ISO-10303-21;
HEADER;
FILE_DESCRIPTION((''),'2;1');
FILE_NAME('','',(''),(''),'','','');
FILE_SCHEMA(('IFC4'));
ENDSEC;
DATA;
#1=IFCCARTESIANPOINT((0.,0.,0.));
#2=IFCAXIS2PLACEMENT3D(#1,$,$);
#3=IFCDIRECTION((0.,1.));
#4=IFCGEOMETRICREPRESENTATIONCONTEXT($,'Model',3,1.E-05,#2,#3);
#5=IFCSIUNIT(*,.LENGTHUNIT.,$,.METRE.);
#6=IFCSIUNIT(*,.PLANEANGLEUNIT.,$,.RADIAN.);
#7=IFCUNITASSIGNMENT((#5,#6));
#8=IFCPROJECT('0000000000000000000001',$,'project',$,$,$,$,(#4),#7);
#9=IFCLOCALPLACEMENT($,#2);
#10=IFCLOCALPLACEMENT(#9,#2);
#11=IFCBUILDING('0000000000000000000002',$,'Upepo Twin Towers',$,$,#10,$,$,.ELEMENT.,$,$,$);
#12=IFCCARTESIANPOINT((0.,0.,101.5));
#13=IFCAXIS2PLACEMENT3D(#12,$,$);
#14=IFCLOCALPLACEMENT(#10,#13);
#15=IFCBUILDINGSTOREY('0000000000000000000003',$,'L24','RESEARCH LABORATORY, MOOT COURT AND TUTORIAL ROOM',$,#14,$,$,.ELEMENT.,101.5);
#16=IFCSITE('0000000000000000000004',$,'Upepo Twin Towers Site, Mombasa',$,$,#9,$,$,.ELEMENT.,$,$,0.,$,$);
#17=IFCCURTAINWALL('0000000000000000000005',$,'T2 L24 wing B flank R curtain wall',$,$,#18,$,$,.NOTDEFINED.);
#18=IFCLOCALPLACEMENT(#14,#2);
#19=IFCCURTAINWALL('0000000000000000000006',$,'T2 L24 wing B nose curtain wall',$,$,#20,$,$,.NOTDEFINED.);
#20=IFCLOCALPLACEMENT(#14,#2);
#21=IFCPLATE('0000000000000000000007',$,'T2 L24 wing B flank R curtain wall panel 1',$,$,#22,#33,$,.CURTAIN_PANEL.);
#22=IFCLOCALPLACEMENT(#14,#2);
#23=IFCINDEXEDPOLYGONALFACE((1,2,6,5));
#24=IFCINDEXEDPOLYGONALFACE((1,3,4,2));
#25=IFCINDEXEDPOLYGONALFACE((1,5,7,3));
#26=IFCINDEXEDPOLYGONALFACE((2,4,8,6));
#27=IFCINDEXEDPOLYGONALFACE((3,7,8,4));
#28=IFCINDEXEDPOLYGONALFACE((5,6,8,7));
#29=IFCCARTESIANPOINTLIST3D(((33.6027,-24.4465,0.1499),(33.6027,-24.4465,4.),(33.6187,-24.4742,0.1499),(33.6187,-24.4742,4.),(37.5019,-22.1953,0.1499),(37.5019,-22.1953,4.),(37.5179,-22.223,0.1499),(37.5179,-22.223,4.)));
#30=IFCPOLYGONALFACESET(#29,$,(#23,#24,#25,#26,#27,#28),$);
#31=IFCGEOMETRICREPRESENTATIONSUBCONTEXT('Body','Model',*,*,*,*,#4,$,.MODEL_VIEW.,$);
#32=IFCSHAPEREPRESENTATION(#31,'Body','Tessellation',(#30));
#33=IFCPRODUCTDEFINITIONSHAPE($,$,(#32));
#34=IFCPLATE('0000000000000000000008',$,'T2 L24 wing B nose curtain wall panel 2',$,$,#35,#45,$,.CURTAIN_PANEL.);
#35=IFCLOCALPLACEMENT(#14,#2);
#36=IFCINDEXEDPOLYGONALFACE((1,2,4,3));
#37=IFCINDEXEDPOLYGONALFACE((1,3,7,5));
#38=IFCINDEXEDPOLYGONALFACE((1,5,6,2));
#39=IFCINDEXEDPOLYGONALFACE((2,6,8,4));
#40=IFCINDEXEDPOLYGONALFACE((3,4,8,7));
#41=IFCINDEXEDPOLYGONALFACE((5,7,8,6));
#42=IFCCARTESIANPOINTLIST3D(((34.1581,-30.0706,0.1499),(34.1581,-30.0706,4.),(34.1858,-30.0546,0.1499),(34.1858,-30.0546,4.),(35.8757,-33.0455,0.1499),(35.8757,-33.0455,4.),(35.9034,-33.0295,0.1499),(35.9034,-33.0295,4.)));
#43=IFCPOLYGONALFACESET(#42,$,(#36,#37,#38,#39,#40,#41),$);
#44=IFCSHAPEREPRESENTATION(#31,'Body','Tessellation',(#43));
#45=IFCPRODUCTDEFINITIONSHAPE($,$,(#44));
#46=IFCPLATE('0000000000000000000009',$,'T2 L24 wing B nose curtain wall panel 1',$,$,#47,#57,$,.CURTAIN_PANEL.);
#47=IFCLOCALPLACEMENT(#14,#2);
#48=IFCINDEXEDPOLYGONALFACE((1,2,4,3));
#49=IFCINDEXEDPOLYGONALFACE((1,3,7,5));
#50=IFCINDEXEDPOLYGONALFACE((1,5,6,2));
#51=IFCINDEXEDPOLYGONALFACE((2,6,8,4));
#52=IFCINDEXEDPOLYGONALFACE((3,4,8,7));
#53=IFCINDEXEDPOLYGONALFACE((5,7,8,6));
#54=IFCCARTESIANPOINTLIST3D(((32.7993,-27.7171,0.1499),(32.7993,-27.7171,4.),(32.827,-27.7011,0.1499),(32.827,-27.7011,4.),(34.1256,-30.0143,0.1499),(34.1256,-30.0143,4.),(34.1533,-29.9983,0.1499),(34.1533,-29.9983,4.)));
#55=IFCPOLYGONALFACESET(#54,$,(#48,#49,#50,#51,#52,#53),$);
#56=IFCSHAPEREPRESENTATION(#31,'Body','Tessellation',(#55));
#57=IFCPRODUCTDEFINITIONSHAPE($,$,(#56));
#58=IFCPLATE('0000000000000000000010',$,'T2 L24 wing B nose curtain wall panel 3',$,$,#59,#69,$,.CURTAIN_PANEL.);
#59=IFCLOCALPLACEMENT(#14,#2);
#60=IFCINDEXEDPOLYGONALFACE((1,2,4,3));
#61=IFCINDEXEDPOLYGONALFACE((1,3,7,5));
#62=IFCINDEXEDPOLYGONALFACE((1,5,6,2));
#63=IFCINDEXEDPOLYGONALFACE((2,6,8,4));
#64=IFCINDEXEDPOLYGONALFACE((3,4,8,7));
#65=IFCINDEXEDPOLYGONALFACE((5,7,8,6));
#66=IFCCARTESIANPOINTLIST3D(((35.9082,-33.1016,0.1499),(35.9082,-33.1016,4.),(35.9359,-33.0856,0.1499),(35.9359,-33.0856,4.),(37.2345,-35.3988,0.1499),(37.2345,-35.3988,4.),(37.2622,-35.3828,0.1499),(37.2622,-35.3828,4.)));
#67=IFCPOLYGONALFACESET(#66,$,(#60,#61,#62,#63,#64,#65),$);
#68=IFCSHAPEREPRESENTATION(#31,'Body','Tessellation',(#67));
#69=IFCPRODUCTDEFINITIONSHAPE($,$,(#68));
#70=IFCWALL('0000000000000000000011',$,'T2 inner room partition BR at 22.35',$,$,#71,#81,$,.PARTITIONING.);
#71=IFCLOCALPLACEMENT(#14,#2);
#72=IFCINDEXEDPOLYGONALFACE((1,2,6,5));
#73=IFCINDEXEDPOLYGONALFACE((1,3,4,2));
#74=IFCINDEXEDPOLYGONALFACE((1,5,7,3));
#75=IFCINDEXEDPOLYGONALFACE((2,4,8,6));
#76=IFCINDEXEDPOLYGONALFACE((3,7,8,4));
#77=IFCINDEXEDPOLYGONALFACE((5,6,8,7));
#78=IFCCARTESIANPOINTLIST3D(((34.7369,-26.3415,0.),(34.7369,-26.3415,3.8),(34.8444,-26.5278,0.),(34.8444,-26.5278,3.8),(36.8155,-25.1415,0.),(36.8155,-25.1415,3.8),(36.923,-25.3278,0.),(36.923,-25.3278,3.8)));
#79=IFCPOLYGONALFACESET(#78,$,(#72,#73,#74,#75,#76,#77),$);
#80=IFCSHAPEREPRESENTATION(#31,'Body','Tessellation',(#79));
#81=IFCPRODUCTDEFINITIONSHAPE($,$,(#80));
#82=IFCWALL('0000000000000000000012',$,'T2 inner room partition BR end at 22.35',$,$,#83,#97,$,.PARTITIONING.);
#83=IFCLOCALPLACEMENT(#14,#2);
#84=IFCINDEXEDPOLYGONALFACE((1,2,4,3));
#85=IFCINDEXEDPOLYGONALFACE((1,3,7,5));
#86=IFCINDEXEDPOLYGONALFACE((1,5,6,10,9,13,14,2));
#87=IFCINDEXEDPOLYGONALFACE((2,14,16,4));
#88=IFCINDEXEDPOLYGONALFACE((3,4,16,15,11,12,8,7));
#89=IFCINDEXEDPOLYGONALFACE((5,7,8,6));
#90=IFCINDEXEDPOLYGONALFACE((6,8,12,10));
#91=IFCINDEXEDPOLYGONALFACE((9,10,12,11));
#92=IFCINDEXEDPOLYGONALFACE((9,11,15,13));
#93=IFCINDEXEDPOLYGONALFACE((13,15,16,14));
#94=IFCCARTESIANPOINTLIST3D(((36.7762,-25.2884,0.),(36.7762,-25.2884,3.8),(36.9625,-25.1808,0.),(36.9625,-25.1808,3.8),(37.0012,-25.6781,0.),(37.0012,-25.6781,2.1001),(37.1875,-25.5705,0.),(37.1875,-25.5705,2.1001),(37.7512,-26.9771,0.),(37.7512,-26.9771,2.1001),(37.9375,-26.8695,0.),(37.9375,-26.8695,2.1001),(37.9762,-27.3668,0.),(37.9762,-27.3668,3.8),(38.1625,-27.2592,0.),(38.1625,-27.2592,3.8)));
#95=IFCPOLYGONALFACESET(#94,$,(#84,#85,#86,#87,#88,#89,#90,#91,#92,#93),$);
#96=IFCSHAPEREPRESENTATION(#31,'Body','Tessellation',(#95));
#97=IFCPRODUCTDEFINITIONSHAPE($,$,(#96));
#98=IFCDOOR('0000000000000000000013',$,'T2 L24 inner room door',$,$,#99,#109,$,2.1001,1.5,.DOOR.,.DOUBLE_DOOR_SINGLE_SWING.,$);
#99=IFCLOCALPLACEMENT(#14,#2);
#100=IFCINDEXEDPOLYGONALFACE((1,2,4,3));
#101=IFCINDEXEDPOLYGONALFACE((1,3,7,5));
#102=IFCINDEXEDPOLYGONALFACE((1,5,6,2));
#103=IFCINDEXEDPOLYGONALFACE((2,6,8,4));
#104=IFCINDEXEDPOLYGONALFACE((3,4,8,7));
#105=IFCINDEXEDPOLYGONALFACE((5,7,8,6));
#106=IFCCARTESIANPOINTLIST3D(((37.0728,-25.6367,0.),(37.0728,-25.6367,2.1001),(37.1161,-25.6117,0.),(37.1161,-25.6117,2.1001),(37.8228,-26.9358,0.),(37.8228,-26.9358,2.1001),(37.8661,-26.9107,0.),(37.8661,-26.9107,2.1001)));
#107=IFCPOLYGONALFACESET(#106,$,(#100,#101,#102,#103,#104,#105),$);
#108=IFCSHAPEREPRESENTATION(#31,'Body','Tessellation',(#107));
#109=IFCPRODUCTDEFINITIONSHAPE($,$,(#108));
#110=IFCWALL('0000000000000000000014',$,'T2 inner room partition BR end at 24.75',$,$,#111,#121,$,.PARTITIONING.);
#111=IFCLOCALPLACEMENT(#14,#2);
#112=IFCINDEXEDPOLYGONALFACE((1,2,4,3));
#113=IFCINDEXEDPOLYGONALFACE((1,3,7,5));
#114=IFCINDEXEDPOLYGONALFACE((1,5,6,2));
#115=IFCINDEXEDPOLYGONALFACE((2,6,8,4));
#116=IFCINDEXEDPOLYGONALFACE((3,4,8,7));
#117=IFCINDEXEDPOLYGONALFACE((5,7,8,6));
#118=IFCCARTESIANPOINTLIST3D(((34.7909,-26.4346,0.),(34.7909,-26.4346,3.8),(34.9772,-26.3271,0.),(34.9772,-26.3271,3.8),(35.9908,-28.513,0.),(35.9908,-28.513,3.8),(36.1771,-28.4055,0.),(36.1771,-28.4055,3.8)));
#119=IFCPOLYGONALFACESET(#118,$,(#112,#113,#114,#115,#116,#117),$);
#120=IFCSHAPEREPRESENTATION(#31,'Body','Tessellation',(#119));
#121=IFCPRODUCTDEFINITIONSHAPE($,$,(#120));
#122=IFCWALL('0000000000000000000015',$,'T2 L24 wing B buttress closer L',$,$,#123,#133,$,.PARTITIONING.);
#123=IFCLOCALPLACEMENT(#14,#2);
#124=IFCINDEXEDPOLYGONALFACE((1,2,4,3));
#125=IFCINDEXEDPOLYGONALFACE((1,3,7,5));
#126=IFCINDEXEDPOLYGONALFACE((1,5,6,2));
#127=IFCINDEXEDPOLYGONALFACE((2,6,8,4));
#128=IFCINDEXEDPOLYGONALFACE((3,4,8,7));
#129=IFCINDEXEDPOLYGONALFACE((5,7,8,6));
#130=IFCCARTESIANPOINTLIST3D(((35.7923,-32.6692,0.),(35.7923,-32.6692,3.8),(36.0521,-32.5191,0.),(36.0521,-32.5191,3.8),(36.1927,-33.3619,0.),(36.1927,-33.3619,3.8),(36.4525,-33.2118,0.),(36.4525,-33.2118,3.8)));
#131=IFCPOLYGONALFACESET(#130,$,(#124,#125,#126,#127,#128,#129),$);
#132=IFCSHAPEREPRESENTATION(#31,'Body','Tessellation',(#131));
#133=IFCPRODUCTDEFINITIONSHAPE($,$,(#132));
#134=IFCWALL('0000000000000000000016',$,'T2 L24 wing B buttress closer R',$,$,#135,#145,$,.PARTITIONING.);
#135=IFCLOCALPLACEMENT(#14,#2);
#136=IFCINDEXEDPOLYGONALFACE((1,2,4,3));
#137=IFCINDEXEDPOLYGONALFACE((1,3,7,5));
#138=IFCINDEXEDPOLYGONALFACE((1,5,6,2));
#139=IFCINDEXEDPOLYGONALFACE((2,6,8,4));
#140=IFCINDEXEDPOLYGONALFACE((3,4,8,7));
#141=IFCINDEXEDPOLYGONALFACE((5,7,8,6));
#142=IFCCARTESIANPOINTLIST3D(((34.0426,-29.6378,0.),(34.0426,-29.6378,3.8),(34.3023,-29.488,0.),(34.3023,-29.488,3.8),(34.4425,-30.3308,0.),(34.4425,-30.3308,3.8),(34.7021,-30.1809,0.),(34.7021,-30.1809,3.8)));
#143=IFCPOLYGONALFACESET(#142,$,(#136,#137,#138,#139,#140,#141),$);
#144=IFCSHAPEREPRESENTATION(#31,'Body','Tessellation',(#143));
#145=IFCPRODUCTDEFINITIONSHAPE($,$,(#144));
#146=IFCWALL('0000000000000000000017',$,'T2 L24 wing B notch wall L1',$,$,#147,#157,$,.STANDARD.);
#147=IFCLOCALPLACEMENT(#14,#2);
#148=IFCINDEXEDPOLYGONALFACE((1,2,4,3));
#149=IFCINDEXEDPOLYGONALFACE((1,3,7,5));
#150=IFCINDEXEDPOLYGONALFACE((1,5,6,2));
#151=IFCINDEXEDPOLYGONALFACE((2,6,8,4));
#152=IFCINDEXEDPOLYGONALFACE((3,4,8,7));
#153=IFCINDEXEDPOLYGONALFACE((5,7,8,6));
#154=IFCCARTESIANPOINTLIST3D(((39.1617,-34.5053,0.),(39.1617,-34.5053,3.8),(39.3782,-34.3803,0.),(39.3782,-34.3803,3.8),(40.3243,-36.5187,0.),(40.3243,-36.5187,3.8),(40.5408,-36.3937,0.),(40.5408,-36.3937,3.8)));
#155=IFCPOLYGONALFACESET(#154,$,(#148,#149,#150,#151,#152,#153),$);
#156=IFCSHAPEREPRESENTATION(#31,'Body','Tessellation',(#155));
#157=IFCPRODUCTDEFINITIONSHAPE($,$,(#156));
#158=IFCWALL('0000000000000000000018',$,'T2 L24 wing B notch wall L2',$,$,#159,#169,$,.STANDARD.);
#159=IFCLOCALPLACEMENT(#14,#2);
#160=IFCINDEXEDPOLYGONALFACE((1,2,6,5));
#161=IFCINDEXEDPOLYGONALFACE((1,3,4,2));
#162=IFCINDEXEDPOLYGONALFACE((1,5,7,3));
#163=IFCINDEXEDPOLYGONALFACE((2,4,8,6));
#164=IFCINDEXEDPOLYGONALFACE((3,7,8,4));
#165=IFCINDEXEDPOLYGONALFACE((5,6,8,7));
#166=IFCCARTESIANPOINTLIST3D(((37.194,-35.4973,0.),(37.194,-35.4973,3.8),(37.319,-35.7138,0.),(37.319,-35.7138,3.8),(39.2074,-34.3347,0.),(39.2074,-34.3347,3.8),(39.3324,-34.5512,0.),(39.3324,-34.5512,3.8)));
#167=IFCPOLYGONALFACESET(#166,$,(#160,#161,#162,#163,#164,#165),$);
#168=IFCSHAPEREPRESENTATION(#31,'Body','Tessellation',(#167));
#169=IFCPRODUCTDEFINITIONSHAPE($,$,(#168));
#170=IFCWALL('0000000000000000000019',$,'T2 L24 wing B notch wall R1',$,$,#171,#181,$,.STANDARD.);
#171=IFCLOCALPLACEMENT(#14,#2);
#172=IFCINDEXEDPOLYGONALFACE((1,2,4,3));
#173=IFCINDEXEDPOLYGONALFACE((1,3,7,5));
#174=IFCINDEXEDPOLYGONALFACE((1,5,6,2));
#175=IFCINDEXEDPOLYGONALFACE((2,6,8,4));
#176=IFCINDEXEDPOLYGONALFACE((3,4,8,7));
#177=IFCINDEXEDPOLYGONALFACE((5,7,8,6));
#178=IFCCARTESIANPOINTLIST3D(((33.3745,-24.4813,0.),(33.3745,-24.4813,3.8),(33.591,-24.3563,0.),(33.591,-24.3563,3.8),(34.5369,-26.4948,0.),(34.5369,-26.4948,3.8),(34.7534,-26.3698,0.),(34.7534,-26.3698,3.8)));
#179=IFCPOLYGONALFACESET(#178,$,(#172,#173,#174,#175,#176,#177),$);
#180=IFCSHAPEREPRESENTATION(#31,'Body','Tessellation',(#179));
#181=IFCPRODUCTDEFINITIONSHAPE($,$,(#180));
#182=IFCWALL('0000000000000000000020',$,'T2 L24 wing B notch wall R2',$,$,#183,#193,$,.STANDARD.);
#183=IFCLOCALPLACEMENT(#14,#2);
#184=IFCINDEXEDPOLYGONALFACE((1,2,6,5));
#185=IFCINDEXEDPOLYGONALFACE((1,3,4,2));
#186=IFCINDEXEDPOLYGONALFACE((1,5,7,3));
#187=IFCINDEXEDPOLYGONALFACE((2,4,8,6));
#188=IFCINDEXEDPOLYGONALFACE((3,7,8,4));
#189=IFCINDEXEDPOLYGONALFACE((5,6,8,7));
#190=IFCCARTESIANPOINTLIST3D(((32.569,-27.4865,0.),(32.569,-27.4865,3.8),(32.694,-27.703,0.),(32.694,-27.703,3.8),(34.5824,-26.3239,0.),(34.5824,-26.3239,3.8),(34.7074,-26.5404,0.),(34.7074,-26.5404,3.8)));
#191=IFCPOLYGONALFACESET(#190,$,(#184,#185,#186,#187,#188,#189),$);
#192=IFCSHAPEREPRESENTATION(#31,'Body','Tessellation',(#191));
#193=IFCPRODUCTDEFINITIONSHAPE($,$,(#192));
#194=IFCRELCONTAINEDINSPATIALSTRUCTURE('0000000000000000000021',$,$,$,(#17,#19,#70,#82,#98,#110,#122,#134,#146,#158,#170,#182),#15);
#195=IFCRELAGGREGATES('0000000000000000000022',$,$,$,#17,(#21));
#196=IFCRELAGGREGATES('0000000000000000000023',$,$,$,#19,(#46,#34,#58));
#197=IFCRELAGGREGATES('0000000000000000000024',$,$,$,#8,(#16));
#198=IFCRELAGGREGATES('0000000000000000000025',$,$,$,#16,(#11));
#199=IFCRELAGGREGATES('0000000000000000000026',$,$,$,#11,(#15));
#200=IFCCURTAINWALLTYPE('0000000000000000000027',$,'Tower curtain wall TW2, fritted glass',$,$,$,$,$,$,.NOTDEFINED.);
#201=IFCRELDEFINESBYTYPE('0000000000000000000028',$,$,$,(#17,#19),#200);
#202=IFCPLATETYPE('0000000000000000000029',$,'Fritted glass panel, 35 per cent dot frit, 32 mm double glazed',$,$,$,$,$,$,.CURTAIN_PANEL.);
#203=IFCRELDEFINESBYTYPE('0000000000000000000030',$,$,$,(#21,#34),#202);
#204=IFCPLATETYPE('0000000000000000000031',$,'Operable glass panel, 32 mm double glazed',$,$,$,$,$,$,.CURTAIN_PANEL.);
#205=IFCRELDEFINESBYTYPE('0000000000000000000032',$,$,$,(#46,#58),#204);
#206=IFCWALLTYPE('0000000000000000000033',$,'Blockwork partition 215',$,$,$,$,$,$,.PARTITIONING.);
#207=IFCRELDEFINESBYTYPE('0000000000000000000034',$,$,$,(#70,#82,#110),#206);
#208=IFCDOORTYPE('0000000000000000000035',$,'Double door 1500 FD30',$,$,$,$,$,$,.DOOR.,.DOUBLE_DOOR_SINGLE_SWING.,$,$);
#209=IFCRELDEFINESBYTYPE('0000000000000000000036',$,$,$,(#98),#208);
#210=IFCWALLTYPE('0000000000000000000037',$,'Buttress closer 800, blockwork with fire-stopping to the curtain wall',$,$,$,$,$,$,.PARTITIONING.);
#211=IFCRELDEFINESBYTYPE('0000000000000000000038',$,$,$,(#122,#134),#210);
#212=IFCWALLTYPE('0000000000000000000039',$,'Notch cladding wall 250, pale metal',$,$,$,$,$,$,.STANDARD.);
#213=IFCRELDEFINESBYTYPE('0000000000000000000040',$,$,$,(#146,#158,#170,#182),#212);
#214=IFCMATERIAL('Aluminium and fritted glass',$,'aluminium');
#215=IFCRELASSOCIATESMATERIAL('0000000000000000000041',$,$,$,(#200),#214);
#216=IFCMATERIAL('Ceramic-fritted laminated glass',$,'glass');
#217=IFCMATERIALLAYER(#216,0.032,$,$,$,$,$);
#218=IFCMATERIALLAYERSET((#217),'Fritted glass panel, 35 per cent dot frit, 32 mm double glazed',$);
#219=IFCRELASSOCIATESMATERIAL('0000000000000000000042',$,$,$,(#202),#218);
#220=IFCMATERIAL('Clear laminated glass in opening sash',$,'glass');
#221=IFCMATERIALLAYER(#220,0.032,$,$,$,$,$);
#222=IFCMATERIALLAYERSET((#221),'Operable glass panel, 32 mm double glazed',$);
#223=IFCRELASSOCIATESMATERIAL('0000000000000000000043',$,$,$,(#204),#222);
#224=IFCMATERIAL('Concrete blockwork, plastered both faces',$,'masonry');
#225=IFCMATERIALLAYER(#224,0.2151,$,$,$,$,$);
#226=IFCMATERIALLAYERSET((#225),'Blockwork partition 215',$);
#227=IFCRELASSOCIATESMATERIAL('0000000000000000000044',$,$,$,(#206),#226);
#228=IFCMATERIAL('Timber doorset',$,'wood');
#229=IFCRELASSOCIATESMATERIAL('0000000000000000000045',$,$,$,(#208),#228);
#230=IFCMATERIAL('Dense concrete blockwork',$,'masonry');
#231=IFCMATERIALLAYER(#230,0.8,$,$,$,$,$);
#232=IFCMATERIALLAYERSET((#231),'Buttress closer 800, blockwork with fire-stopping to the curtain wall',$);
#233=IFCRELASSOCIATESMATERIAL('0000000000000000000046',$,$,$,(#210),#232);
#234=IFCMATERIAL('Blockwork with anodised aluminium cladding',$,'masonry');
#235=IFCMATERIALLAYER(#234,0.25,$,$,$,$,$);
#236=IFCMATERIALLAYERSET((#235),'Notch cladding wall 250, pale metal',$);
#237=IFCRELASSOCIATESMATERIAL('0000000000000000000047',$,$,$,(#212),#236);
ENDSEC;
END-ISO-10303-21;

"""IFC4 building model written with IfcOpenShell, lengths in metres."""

from ifc_helpers import new_model, si_unit, direction, frame, frame_2d, origin, origin_2d, place, context, subcontext, project, spatial, rectangle, extrude, material, layer, layer_set, type_object, element, fill, aggregate, save


model = new_model("IFC4")

# Units and contexts
model_context = context("Model", 3, precision=1e-05, world=origin(), true_north=direction((0.0, 1.0)))
body_context = subcontext(model_context, "Body", "Model", "MODEL_VIEW")
ifc_project = project(units=[si_unit("LENGTHUNIT", "METRE"), si_unit("PLANEANGLEUNIT", "RADIAN")], contexts=[model_context])

# Site, building, storey
site_placement = place(None, origin())
site = spatial("IfcSite", under=ifc_project, at=site_placement, Name="Upepo Twin Towers Site, Mombasa", CompositionType="ELEMENT", RefElevation=0.0)
building_placement = place(site_placement, origin())
building = spatial("IfcBuilding", under=site, at=building_placement, Name="Upepo Twin Towers", CompositionType="ELEMENT")
storey_placement = place(building_placement, frame((0.0, 0.0, 101.5)))
storey = spatial("IfcBuildingStorey", under=building, at=storey_placement, Name="L24", Description="RESEARCH LABORATORY, MOOT COURT AND TUTORIAL ROOM", CompositionType="ELEMENT", Elevation=101.5)

# Shared definitions
ifc_material_1 = material(Name="Aluminium and fritted glass", Category="aluminium")
curtain_wall_type = type_object("IfcCurtainWallType", Name="Tower curtain wall TW2, fritted glass", PredefinedType="NOTDEFINED", material=ifc_material_1)

# Curtain walls
curtain_wall_1_placement = place(storey_placement, origin())
curtain_wall_1 = element("IfcCurtainWall", 1, at=curtain_wall_1_placement, inside=storey, type_object=curtain_wall_type, Name="T2 L24 wing B flank R curtain wall", PredefinedType="NOTDEFINED")
curtain_wall_2_placement = place(storey_placement, origin())
curtain_wall_2 = element("IfcCurtainWall", 2, at=curtain_wall_2_placement, inside=storey, type_object=curtain_wall_type, Name="T2 L24 wing B nose curtain wall", PredefinedType="NOTDEFINED")

# Plates
ifc_material_2 = material(Name="Ceramic-fritted laminated glass", Category="glass")
ifc_layer_1 = layer(ifc_material_2, 0.032)
ifc_layer_set_1 = layer_set([ifc_layer_1], Name="Fritted glass panel, 35 per cent dot frit, 32 mm double glazed")
plate_type_1 = type_object("IfcPlateType", Name="Fritted glass panel, 35 per cent dot frit, 32 mm double glazed", PredefinedType="CURTAIN_PANEL", material=ifc_layer_set_1)
plate_1_placement = place(storey_placement, frame((35.5603, -23.3347, 0.1499), z_axis=(0.0, 0.0, 1.0), x_axis=(0.866025, 0.5, 0.0)))
plate_1 = element("IfcPlate", 3, at=plate_1_placement, type_object=plate_type_1, Name="T2 L24 wing B flank R curtain wall panel 1", PredefinedType="CURTAIN_PANEL", context=body_context, shape_type="SweptSolid", body=[
    extrude(rectangle(XDim=4.5024, YDim=0.032, at=origin_2d()), origin(), (0.0, 0.0, 1.0), 3.8501),
])
aggregate(curtain_wall_1, [plate_1])
plate_2_placement = place(storey_placement, frame((35.0308, -31.55, 0.1499), z_axis=(0.0, 0.0, 1.0), x_axis=(0.5, -0.866025, 0.0)))
plate_2 = element("IfcPlate", 4, at=plate_2_placement, type_object=plate_type_1, Name="T2 L24 wing B nose curtain wall panel 2", PredefinedType="CURTAIN_PANEL", context=body_context, shape_type="SweptSolid", body=[
    extrude(rectangle(XDim=3.4351, YDim=0.032, at=origin_2d()), origin(), (0.0, 0.0, 1.0), 3.8501),
])
ifc_material_3 = material(Name="Clear laminated glass in opening sash", Category="glass")
ifc_layer_2 = layer(ifc_material_3, 0.032)
ifc_layer_set_2 = layer_set([ifc_layer_2], Name="Operable glass panel, 32 mm double glazed")
plate_type_2 = type_object("IfcPlateType", Name="Operable glass panel, 32 mm double glazed", PredefinedType="CURTAIN_PANEL", material=ifc_layer_set_2)
plate_3_placement = place(storey_placement, frame((33.4763, -28.8577, 0.1499), z_axis=(0.0, 0.0, 1.0), x_axis=(0.5, -0.866025, 0.0)))
plate_3 = element("IfcPlate", 5, at=plate_3_placement, type_object=plate_type_2, Name="T2 L24 wing B nose curtain wall panel 1", PredefinedType="CURTAIN_PANEL", context=body_context, shape_type="SweptSolid", body=[
    extrude(rectangle(XDim=2.6526, YDim=0.032, at=origin_2d()), origin(), (0.0, 0.0, 1.0), 3.8501),
])
plate_4_placement = place(storey_placement, frame((36.5852, -34.2422, 0.1499), z_axis=(0.0, 0.0, 1.0), x_axis=(0.5, -0.866025, 0.0)))
plate_4 = element("IfcPlate", 6, at=plate_4_placement, type_object=plate_type_2, Name="T2 L24 wing B nose curtain wall panel 3", PredefinedType="CURTAIN_PANEL", context=body_context, shape_type="SweptSolid", body=[
    extrude(rectangle(XDim=2.6526, YDim=0.032, at=origin_2d()), origin(), (0.0, 0.0, 1.0), 3.8501),
])
aggregate(curtain_wall_2, [plate_3, plate_2, plate_4])

# Wall
ifc_material_4 = material(Name="Concrete blockwork, plastered both faces", Category="masonry")
ifc_layer_3 = layer(ifc_material_4, 0.2151)
ifc_layer_set_3 = layer_set([ifc_layer_3], Name="Blockwork partition 215")
wall_type_1 = type_object("IfcWallType", Name="Blockwork partition 215", PredefinedType="PARTITIONING", material=ifc_layer_set_3)
wall_1_placement = place(storey_placement, frame((36.8694, -25.2346, 0.0), z_axis=(0.0, 0.0, 1.0), x_axis=(-0.86605, -0.499957, 0.0)))
element("IfcWall", 7, at=wall_1_placement, inside=storey, type_object=wall_type_1, Name="T2 inner room partition BR at 22.35", PredefinedType="PARTITIONING", context=body_context, shape_type="SweptSolid", body=[
    extrude(rectangle(XDim=2.4001, YDim=0.2151, at=frame_2d((1.2002, 0.0))), origin(), (0.0, 0.0, 1.0), 3.8),
])

# Wall, opening, door
wall_2_placement = place(storey_placement, frame((38.0693, -27.313, 0.0), z_axis=(0.0, 0.0, 1.0), x_axis=(-0.500001, 0.866025, 0.0)))
wall_2 = element("IfcWall", 8, at=wall_2_placement, inside=storey, type_object=wall_type_1, Name="T2 inner room partition BR end at 22.35", PredefinedType="PARTITIONING", context=body_context, shape_type="SweptSolid", body=[
    extrude(rectangle(XDim=2.3999, YDim=0.2151, at=frame_2d((1.2, 0.0))), origin(), (0.0, 0.0, 1.0), 3.8),
])
opening_placement = place(wall_2_placement, frame((0.45, 0.0, 0.0)))
opening = element("IfcOpeningElement", 9, at=opening_placement, cuts=wall_2, PredefinedType="OPENING", context=body_context, shape_type="SweptSolid", body=[
    extrude(rectangle(XDim=1.5, YDim=2.1001, at=frame_2d((0.75, 1.05))), frame((0.0, 0.1174, 0.0), z_axis=(0.0, -1.0, 0.0), x_axis=(1.0, 0.0, 0.0)), (0.0, 0.0, 1.0), 0.2351),
])
ifc_material_5 = material(Name="Timber doorset", Category="wood")
door_type = type_object("IfcDoorType", Name="Double door 1500 FD30", OperationType="DOUBLE_DOOR_SINGLE_SWING", PredefinedType="DOOR", material=ifc_material_5)
door_placement = place(opening_placement, origin())
door = element("IfcDoor", 10, at=door_placement, inside=storey, type_object=door_type, Name="T2 L24 inner room door", OperationType="DOUBLE_DOOR_SINGLE_SWING", OverallHeight=2.1001, OverallWidth=1.5, PredefinedType="DOOR", context=body_context, shape_type="SweptSolid", body=[
    extrude(rectangle(XDim=1.5, YDim=2.1001, at=frame_2d((0.75, 1.05))), frame((0.0, 0.0249, 0.0), z_axis=(0.0, -1.0, 0.0), x_axis=(1.0, 0.0, 0.0)), (0.0, 0.0, 1.0), 0.05),
])
fill(opening, door)

# Walls
wall_3_placement = place(storey_placement, frame((36.084, -28.4592, 0.0), z_axis=(0.0, 0.0, 1.0), x_axis=(-0.500001, 0.866025, 0.0)))
element("IfcWall", 11, at=wall_3_placement, inside=storey, type_object=wall_type_1, Name="T2 inner room partition BR end at 24.75", PredefinedType="PARTITIONING", context=body_context, shape_type="SweptSolid", body=[
    extrude(rectangle(XDim=2.3999, YDim=0.2151, at=frame_2d((1.2, 0.0))), origin(), (0.0, 0.0, 1.0), 3.8),
])
ifc_material_6 = material(Name="Dense concrete blockwork", Category="masonry")
ifc_layer_4 = layer(ifc_material_6, 0.8)
ifc_layer_set_4 = layer_set([ifc_layer_4], Name="Buttress closer 800, blockwork with fire-stopping to the curtain wall")
wall_type_2 = type_object("IfcWallType", Name="Buttress closer 800, blockwork with fire-stopping to the curtain wall", PredefinedType="PARTITIONING", material=ifc_layer_set_4)
wall_4_placement = place(storey_placement, frame((36.2522, -32.8655, 0.0), z_axis=(0.0, 0.0, 1.0), x_axis=(-0.865779, -0.500427, 0.0)))
element("IfcWall", 12, at=wall_4_placement, inside=storey, type_object=wall_type_2, Name="T2 L24 wing B buttress closer L", PredefinedType="PARTITIONING", context=body_context, shape_type="SweptSolid", body=[
    extrude(rectangle(XDim=0.3, YDim=0.8, at=frame_2d((0.1499, 0.0))), origin(), (0.0, 0.0, 1.0), 3.8),
])
wall_5_placement = place(storey_placement, frame((34.5022, -29.8345, 0.0), z_axis=(0.0, 0.0, 1.0), x_axis=(-0.866131, -0.499816, 0.0)))
element("IfcWall", 13, at=wall_5_placement, inside=storey, type_object=wall_type_2, Name="T2 L24 wing B buttress closer R", PredefinedType="PARTITIONING", context=body_context, shape_type="SweptSolid", body=[
    extrude(rectangle(XDim=0.2998, YDim=0.8, at=frame_2d((0.1499, 0.0))), origin(), (0.0, 0.0, 1.0), 3.8),
])
ifc_material_7 = material(Name="Blockwork with anodised aluminium cladding", Category="masonry")
ifc_layer_5 = layer(ifc_material_7, 0.25)
ifc_layer_set_5 = layer_set([ifc_layer_5], Name="Notch cladding wall 250, pale metal")
wall_type_3 = type_object("IfcWallType", Name="Notch cladding wall 250, pale metal", PredefinedType="STANDARD", material=ifc_layer_set_5)
for number, where, z_axis, x_axis, name in (
    (14, (40.4326, -36.4563, 0.0), (0.0, 0.0, 1.0), (-0.500047, 0.865998, 0.0), "T2 L24 wing B notch wall L1"),
    (15, (39.27, -34.4429, 0.0), (0.0, 0.0, 1.0), (-0.865998, -0.500047, 0.0), "T2 L24 wing B notch wall L2"),
    (16, (33.4827, -24.4187, 0.0), (0.0, 0.0, 1.0), (0.499968, -0.866044, 0.0), "T2 L24 wing B notch wall R1"),
    (17, (34.645, -26.4321, 0.0), (0.0, 0.0, 1.0), (-0.865998, -0.500047, 0.0), "T2 L24 wing B notch wall R2"),
):
    element("IfcWall", number, at=place(storey_placement, frame(where, z_axis=z_axis, x_axis=x_axis)), inside=storey, type_object=wall_type_3, Name=name, PredefinedType="STANDARD", context=body_context, shape_type="SweptSolid", body=[
        extrude(rectangle(XDim=2.325, YDim=0.25, at=frame_2d((1.1626, 0.0))), origin(), (0.0, 0.0, 1.0), 3.8),
    ])

save(model, "model.ifc")
